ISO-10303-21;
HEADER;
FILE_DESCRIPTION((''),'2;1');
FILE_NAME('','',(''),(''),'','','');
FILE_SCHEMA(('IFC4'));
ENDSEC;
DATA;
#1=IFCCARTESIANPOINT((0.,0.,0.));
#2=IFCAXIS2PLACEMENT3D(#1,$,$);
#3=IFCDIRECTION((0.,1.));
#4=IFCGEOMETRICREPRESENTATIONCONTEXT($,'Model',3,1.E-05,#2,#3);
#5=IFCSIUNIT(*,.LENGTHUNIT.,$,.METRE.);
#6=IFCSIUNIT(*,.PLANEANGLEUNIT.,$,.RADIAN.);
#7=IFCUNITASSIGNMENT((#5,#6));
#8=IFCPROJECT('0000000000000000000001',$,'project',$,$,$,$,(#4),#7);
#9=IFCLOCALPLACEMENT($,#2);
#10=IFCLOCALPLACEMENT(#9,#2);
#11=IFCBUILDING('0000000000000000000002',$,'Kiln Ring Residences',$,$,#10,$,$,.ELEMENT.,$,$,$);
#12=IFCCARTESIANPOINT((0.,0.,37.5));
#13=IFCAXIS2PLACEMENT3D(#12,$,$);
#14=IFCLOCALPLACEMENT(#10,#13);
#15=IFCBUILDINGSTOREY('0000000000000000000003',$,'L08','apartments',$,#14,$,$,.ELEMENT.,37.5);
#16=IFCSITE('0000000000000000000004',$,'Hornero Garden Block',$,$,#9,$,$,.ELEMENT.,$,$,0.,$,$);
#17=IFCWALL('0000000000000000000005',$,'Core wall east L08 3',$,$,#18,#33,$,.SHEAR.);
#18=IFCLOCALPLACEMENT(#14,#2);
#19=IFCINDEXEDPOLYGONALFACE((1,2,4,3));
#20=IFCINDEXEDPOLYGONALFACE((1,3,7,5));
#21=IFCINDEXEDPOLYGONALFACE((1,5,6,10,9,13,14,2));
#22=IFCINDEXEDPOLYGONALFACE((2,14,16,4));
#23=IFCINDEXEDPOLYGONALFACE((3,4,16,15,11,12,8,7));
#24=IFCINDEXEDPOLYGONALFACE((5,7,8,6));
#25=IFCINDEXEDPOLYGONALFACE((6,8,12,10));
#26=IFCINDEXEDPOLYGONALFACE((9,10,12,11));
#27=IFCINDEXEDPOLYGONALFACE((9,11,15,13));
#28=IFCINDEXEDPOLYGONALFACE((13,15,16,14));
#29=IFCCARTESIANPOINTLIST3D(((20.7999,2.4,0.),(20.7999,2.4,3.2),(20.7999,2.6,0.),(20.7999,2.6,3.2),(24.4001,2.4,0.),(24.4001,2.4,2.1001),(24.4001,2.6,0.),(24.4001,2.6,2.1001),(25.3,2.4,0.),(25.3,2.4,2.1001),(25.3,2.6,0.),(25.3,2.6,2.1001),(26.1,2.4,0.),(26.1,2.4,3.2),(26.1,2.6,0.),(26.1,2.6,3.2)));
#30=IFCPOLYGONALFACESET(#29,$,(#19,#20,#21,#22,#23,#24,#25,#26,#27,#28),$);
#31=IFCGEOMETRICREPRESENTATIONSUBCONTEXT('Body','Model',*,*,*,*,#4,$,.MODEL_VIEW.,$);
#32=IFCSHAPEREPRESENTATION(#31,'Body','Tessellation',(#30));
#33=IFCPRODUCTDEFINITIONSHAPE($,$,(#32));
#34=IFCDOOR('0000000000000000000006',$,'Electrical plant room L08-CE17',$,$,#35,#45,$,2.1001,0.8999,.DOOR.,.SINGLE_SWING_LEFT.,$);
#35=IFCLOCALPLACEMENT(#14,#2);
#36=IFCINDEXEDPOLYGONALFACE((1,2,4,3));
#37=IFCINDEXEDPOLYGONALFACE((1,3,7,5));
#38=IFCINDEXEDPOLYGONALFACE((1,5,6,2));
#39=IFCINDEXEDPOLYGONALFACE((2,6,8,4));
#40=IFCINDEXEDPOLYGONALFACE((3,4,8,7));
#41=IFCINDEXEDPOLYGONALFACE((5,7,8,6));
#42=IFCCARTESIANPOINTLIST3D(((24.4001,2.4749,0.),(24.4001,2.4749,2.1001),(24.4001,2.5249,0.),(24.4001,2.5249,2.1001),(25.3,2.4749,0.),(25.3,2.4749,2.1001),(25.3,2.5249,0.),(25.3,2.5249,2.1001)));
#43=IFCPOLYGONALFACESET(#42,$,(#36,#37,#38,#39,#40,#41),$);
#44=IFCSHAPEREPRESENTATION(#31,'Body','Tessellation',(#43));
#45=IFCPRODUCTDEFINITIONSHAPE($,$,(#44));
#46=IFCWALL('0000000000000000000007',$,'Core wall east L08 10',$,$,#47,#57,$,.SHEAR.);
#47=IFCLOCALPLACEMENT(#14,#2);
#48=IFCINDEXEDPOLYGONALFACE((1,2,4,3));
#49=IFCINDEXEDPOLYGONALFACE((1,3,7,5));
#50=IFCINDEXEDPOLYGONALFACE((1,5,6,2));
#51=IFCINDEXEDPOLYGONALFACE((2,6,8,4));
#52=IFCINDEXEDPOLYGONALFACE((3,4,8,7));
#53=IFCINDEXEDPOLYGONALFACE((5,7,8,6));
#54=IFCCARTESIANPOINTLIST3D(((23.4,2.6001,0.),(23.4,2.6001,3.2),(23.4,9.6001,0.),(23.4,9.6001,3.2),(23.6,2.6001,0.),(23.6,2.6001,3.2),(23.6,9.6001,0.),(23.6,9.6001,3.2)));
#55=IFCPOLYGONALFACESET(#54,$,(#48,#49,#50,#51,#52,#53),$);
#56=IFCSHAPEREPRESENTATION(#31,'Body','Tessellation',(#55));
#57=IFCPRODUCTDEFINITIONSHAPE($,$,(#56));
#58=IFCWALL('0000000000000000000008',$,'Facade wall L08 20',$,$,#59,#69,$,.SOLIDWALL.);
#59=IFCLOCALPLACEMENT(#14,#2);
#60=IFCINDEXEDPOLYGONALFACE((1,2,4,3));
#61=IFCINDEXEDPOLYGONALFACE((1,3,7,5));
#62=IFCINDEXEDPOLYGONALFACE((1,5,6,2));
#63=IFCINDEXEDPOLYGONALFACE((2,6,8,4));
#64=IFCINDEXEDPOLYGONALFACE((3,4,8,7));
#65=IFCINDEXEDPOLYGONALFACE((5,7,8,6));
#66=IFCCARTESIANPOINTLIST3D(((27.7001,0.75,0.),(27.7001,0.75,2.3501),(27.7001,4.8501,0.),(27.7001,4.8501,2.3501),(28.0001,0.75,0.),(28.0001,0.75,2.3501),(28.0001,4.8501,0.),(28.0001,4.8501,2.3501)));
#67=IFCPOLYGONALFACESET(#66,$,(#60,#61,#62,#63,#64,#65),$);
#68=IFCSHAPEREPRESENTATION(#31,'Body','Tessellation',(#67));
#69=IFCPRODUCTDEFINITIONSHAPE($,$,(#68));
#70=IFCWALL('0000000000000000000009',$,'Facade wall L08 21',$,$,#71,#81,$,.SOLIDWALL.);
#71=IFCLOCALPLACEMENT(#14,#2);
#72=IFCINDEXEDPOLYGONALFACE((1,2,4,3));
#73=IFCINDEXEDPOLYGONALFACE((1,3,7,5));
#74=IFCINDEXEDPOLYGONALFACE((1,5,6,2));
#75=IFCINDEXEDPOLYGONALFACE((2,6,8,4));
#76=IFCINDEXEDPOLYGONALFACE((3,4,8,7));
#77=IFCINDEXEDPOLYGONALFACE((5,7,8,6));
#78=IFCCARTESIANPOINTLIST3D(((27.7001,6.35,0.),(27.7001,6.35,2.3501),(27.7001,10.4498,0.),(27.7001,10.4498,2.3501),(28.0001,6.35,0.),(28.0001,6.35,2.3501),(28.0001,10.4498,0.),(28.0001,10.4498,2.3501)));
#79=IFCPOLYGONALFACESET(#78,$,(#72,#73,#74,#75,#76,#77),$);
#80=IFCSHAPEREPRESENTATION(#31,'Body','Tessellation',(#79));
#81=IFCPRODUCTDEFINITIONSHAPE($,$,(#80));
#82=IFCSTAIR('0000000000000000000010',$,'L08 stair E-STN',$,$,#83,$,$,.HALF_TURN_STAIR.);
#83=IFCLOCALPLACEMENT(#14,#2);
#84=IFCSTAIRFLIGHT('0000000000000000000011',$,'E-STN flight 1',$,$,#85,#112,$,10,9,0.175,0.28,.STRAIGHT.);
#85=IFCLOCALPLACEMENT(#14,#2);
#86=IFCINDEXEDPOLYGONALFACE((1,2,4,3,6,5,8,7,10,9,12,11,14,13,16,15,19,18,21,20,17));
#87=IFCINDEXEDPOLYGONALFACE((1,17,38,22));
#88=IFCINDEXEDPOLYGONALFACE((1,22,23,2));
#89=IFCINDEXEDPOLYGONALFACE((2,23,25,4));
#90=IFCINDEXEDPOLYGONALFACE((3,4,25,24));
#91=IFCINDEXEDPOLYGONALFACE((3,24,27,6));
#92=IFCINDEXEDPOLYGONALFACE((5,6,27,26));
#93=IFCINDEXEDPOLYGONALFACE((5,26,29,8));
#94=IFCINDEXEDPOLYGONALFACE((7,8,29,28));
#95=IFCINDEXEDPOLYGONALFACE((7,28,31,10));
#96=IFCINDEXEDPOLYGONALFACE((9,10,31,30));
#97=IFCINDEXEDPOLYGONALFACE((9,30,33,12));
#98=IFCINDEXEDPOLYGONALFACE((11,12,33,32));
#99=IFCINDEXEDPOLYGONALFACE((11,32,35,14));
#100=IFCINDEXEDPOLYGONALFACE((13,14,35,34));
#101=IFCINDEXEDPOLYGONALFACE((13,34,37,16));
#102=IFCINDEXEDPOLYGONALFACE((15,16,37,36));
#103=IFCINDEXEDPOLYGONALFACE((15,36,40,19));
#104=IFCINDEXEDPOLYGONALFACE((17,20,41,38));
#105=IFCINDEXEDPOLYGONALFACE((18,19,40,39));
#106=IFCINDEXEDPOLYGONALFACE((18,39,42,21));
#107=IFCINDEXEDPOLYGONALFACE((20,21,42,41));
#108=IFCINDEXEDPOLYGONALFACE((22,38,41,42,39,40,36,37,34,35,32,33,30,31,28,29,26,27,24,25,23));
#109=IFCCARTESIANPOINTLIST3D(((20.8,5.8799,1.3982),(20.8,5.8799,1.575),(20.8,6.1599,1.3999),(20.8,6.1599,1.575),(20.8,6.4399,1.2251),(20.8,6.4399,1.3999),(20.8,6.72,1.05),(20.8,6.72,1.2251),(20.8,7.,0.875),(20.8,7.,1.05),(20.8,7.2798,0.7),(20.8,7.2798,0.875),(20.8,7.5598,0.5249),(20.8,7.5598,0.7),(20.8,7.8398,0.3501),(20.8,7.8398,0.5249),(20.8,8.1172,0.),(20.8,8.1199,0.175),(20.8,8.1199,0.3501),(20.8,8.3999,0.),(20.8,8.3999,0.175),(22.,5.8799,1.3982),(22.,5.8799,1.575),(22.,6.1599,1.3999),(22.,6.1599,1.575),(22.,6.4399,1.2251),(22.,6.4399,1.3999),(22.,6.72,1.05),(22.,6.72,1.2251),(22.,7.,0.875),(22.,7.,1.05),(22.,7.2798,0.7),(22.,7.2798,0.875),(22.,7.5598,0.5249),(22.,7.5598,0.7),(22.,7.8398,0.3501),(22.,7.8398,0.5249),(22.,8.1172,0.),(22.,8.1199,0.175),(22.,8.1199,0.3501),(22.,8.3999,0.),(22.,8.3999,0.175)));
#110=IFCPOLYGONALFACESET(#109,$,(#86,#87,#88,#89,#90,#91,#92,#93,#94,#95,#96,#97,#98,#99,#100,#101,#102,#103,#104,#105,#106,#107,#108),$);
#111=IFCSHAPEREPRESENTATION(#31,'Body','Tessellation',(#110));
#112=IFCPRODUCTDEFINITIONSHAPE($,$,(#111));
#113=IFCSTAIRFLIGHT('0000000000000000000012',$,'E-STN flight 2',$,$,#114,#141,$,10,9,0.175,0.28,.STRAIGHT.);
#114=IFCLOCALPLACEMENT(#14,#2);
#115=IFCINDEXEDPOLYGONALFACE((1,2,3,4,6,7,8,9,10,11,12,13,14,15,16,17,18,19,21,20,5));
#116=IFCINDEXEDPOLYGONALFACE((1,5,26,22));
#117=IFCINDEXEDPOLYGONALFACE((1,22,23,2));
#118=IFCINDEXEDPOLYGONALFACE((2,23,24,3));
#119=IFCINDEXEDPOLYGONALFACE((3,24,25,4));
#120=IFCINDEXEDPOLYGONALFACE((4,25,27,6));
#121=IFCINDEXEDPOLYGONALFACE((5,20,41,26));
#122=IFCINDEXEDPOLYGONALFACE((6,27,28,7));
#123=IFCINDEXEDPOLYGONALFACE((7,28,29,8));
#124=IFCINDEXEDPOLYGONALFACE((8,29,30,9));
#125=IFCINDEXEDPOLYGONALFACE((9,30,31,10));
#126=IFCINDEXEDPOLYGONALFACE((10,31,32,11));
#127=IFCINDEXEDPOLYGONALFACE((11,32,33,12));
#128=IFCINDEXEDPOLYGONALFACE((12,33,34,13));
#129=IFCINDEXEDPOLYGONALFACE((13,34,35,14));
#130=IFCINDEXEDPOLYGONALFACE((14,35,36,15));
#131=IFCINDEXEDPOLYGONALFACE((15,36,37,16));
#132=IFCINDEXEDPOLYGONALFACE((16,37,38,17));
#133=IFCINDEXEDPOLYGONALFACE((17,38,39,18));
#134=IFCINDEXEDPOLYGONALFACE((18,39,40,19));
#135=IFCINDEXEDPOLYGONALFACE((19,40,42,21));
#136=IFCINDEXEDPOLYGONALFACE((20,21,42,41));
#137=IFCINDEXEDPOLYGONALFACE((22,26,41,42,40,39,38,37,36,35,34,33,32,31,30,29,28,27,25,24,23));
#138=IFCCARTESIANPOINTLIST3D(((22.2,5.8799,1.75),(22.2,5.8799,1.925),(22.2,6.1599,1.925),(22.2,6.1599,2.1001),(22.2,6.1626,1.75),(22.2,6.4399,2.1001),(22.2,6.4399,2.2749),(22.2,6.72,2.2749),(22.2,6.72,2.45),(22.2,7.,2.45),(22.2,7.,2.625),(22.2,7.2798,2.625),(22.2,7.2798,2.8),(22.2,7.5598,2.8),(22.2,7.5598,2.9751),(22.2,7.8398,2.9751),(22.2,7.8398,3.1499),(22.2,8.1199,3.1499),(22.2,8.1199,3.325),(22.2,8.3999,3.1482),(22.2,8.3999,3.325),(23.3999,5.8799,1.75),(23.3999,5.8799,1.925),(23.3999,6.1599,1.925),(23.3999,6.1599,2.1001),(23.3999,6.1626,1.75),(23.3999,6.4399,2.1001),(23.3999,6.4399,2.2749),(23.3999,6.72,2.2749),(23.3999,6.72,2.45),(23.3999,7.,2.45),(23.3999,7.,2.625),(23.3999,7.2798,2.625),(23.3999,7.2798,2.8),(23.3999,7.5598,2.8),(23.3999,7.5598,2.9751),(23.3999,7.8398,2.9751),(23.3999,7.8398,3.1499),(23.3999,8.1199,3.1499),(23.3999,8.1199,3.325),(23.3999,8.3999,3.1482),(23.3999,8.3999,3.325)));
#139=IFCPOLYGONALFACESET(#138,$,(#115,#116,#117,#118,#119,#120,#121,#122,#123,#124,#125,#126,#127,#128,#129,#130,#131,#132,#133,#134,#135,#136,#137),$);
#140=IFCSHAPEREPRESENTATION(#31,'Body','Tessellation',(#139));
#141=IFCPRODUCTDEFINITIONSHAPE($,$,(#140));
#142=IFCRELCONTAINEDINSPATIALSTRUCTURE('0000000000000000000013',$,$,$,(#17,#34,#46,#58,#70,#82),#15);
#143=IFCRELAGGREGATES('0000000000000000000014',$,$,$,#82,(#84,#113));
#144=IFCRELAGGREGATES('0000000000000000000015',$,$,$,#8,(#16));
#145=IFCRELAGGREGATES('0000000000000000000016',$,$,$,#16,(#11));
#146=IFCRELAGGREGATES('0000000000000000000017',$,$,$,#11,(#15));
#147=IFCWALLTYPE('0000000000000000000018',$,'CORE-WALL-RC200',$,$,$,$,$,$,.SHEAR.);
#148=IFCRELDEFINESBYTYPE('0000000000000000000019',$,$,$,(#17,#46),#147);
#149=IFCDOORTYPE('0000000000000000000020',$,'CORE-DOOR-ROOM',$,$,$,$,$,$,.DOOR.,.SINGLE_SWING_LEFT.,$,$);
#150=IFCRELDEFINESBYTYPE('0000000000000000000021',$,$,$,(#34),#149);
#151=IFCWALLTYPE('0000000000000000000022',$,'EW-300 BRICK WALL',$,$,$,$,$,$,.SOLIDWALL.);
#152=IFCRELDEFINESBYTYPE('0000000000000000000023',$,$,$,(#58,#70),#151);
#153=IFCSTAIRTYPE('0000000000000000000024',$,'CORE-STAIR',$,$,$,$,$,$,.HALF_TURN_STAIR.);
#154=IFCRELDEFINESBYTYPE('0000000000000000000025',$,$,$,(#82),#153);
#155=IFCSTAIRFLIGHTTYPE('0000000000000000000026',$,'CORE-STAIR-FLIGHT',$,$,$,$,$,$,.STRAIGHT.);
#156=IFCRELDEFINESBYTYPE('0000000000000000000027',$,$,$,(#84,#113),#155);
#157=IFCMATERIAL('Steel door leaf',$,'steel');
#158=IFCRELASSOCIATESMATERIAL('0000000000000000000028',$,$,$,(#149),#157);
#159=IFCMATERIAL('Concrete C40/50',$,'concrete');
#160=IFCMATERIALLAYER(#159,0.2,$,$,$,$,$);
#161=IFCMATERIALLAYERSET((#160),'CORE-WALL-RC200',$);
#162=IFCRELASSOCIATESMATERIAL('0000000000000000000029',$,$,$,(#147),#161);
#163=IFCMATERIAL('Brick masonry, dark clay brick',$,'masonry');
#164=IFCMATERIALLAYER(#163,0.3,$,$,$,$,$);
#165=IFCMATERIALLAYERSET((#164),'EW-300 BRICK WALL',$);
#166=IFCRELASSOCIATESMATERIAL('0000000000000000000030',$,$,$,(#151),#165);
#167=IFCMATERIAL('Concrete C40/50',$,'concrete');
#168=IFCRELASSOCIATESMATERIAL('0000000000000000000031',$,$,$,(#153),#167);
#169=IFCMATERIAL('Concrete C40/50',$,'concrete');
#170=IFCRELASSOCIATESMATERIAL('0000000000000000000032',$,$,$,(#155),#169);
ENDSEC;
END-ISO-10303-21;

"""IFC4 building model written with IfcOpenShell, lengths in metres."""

from ifc_helpers import new_model, si_unit, direction, frame, frame_2d, origin, place, context, subcontext, project, spatial, polyline, rectangle, outline, extrude, material, layer, layer_set, type_object, element, fill, aggregate, save


model = new_model("IFC4")

# Units and contexts
model_context = context("Model", 3, precision=1e-05, world=origin(), true_north=direction((0.0, 1.0)))
body_context = subcontext(model_context, "Body", "Model", "MODEL_VIEW")
ifc_project = project(units=[si_unit("LENGTHUNIT", "METRE"), si_unit("PLANEANGLEUNIT", "RADIAN")], contexts=[model_context])

# Site, building, storey
site_placement = place(None, origin())
site = spatial("IfcSite", under=ifc_project, at=site_placement, Name="Hornero Garden Block", CompositionType="ELEMENT", RefElevation=0.0)
building_placement = place(site_placement, origin())
building = spatial("IfcBuilding", under=site, at=building_placement, Name="Kiln Ring Residences", CompositionType="ELEMENT")
storey_placement = place(building_placement, frame((0.0, 0.0, 37.5)))
storey = spatial("IfcBuildingStorey", under=building, at=storey_placement, Name="L08", Description="apartments", CompositionType="ELEMENT", Elevation=37.5)

# Shared definitions
ifc_material_1 = material(Name="Steel door leaf", Category="steel")
door_type = type_object("IfcDoorType", Name="CORE-DOOR-ROOM", OperationType="SINGLE_SWING_LEFT", PredefinedType="DOOR", material=ifc_material_1)

# Shared definitions
ifc_material_2 = material(Name="Concrete C40/50", Category="concrete")
ifc_layer_1 = layer(ifc_material_2, 0.2)
ifc_layer_set_1 = layer_set([ifc_layer_1], Name="CORE-WALL-RC200")
wall_type_1 = type_object("IfcWallType", Name="CORE-WALL-RC200", PredefinedType="SHEAR", material=ifc_layer_set_1)

# Wall, opening, door
wall_1_placement = place(storey_placement, frame((20.8, 2.5, 0.0), z_axis=(0.0, 0.0, 1.0), x_axis=(1.0, 0.0, 0.0)))
wall_1 = element("IfcWall", 1, at=wall_1_placement, inside=storey, type_object=wall_type_1, Name="Core wall east L08 3", PredefinedType="SHEAR", context=body_context, shape_type="SweptSolid", body=[
    extrude(rectangle(XDim=5.3, YDim=0.2, at=frame_2d((2.6499, 0.0))), origin(), (0.0, 0.0, 1.0), 3.2),
])
opening_1_placement = place(wall_1_placement, frame((3.6001, 0.0, 0.0)))
opening_1 = element("IfcOpeningElement", 2, at=opening_1_placement, cuts=wall_1, PredefinedType="OPENING", context=body_context, shape_type="SweptSolid", body=[
    extrude(rectangle(XDim=0.8999, YDim=2.1001, at=frame_2d((0.45, 1.05))), frame((0.0, 0.1099, 0.0), z_axis=(0.0, -1.0, 0.0), x_axis=(1.0, 0.0, 0.0)), (0.0, 0.0, 1.0), 0.22),
])
door_1_placement = place(opening_1_placement, origin())
door_1 = element("IfcDoor", 3, at=door_1_placement, inside=storey, type_object=door_type, Name="Electrical plant room L08-CE17", OperationType="SINGLE_SWING_LEFT", OverallHeight=2.1001, OverallWidth=0.8999, PredefinedType="DOOR", context=body_context, shape_type="SweptSolid", body=[
    extrude(rectangle(XDim=0.8999, YDim=2.1001, at=frame_2d((0.45, 1.05))), frame((0.0, 0.0249, 0.0), z_axis=(0.0, -1.0, 0.0), x_axis=(1.0, 0.0, 0.0)), (0.0, 0.0, 1.0), 0.05),
])
fill(opening_1, door_1)

# Walls
wall_2_placement = place(storey_placement, frame((23.5, 2.6001, 0.0), z_axis=(0.0, 0.0, 1.0), x_axis=(0.0, 1.0, 0.0)))
element("IfcWall", 4, at=wall_2_placement, inside=storey, type_object=wall_type_1, Name="Core wall east L08 10", PredefinedType="SHEAR", context=body_context, shape_type="SweptSolid", body=[
    extrude(rectangle(XDim=7.0, YDim=0.2, at=frame_2d((3.5, 0.0))), origin(), (0.0, 0.0, 1.0), 3.2),
])
ifc_material_3 = material(Name="Brick masonry, dark clay brick", Category="masonry")
ifc_layer_2 = layer(ifc_material_3, 0.3)
ifc_layer_set_2 = layer_set([ifc_layer_2], Name="EW-300 BRICK WALL")
wall_type_2 = type_object("IfcWallType", Name="EW-300 BRICK WALL", PredefinedType="SOLIDWALL", material=ifc_layer_set_2)
wall_3_placement = place(storey_placement, frame((27.8501, 0.75, 0.0), z_axis=(0.0, 0.0, 1.0), x_axis=(0.0, 1.0, 0.0)))
element("IfcWall", 5, at=wall_3_placement, inside=storey, type_object=wall_type_2, Name="Facade wall L08 20", PredefinedType="SOLIDWALL", context=body_context, shape_type="SweptSolid", body=[
    extrude(rectangle(XDim=4.1001, YDim=0.3, at=frame_2d((2.05, 0.0))), origin(), (0.0, 0.0, 1.0), 2.3501),
])
wall_4_placement = place(storey_placement, frame((27.8501, 6.3501, 0.0), z_axis=(0.0, 0.0, 1.0), x_axis=(0.0, 1.0, 0.0)))
element("IfcWall", 6, at=wall_4_placement, inside=storey, type_object=wall_type_2, Name="Facade wall L08 21", PredefinedType="SOLIDWALL", context=body_context, shape_type="SweptSolid", body=[
    extrude(rectangle(XDim=4.0999, YDim=0.3, at=frame_2d((2.0498, 0.0))), origin(), (0.0, 0.0, 1.0), 2.3501),
])

# Stair, stair flights
ifc_material_4 = material(Name="Concrete C40/50", Category="concrete")
stair_type = type_object("IfcStairType", Name="CORE-STAIR", PredefinedType="HALF_TURN_STAIR", material=ifc_material_4)
stair_placement = place(storey_placement, origin())
stair = element("IfcStair", 7, at=stair_placement, inside=storey, type_object=stair_type, Name="L08 stair E-STN", PredefinedType="HALF_TURN_STAIR")
ifc_material_5 = material(Name="Concrete C40/50", Category="concrete")
stair_flight_type = type_object("IfcStairFlightType", Name="CORE-STAIR-FLIGHT", PredefinedType="STRAIGHT", material=ifc_material_5)
stair_flight_1_placement = place(storey_placement, frame((21.3999, 8.3999, 0.0), z_axis=(0.0, 0.0, 1.0), x_axis=(0.0, -1.0, 0.0)))
stair_flight_1 = element("IfcStairFlight", 8, at=stair_flight_1_placement, type_object=stair_flight_type, Name="E-STN flight 1", NumberOfRisers=10, NumberOfTreads=9, PredefinedType="STRAIGHT", RiserHeight=0.175, TreadLength=0.28, context=body_context, shape_type="SweptSolid", body=[
    extrude(outline(polyline([(0.0, 0.0), (0.0, 0.175), (0.28, 0.175), (0.28, 0.3501), (0.5601, 0.3501), (0.5601, 0.5249), (0.8401, 0.5249), (0.8401, 0.7), (1.1201, 0.7), (1.1201, 0.875), (1.3999, 0.875), (1.3999, 1.05), (1.6799, 1.05), (1.6799, 1.2251), (1.96, 1.2251), (1.96, 1.3999), (2.24, 1.3999), (2.24, 1.575), (2.52, 1.575), (2.52, 1.75), (2.52, 1.3982), (0.2827, 0.0), (0.0, 0.0)])), frame((0.0, 0.6001, 0.0), z_axis=(0.0, -1.0, 0.0), x_axis=(1.0, 0.0, 0.0)), (0.0, 0.0, 1.0), 1.2),
])
stair_flight_2_placement = place(storey_placement, frame((22.8, 5.8799, 1.75), z_axis=(0.0, 0.0, 1.0), x_axis=(0.0, 1.0, 0.0)))
stair_flight_2 = element("IfcStairFlight", 9, at=stair_flight_2_placement, type_object=stair_flight_type, Name="E-STN flight 2", NumberOfRisers=10, NumberOfTreads=9, PredefinedType="STRAIGHT", RiserHeight=0.175, TreadLength=0.28, context=body_context, shape_type="SweptSolid", body=[
    extrude(outline(polyline([(0.0, 0.0), (0.0, 0.175), (0.28, 0.175), (0.28, 0.3501), (0.5601, 0.3501), (0.5601, 0.5249), (0.8401, 0.5249), (0.8401, 0.7), (1.1201, 0.7), (1.1201, 0.875), (1.3999, 0.875), (1.3999, 1.05), (1.6799, 1.05), (1.6799, 1.2251), (1.96, 1.2251), (1.96, 1.3999), (2.24, 1.3999), (2.24, 1.575), (2.52, 1.575), (2.52, 1.75), (2.52, 1.3982), (0.2827, 0.0), (0.0, 0.0)])), frame((0.0, 0.6001, 0.0), z_axis=(0.0, -1.0, 0.0), x_axis=(1.0, 0.0, 0.0)), (0.0, 0.0, 1.0), 1.2),
])
aggregate(stair, [stair_flight_1, stair_flight_2])

save(model, "model.ifc")
